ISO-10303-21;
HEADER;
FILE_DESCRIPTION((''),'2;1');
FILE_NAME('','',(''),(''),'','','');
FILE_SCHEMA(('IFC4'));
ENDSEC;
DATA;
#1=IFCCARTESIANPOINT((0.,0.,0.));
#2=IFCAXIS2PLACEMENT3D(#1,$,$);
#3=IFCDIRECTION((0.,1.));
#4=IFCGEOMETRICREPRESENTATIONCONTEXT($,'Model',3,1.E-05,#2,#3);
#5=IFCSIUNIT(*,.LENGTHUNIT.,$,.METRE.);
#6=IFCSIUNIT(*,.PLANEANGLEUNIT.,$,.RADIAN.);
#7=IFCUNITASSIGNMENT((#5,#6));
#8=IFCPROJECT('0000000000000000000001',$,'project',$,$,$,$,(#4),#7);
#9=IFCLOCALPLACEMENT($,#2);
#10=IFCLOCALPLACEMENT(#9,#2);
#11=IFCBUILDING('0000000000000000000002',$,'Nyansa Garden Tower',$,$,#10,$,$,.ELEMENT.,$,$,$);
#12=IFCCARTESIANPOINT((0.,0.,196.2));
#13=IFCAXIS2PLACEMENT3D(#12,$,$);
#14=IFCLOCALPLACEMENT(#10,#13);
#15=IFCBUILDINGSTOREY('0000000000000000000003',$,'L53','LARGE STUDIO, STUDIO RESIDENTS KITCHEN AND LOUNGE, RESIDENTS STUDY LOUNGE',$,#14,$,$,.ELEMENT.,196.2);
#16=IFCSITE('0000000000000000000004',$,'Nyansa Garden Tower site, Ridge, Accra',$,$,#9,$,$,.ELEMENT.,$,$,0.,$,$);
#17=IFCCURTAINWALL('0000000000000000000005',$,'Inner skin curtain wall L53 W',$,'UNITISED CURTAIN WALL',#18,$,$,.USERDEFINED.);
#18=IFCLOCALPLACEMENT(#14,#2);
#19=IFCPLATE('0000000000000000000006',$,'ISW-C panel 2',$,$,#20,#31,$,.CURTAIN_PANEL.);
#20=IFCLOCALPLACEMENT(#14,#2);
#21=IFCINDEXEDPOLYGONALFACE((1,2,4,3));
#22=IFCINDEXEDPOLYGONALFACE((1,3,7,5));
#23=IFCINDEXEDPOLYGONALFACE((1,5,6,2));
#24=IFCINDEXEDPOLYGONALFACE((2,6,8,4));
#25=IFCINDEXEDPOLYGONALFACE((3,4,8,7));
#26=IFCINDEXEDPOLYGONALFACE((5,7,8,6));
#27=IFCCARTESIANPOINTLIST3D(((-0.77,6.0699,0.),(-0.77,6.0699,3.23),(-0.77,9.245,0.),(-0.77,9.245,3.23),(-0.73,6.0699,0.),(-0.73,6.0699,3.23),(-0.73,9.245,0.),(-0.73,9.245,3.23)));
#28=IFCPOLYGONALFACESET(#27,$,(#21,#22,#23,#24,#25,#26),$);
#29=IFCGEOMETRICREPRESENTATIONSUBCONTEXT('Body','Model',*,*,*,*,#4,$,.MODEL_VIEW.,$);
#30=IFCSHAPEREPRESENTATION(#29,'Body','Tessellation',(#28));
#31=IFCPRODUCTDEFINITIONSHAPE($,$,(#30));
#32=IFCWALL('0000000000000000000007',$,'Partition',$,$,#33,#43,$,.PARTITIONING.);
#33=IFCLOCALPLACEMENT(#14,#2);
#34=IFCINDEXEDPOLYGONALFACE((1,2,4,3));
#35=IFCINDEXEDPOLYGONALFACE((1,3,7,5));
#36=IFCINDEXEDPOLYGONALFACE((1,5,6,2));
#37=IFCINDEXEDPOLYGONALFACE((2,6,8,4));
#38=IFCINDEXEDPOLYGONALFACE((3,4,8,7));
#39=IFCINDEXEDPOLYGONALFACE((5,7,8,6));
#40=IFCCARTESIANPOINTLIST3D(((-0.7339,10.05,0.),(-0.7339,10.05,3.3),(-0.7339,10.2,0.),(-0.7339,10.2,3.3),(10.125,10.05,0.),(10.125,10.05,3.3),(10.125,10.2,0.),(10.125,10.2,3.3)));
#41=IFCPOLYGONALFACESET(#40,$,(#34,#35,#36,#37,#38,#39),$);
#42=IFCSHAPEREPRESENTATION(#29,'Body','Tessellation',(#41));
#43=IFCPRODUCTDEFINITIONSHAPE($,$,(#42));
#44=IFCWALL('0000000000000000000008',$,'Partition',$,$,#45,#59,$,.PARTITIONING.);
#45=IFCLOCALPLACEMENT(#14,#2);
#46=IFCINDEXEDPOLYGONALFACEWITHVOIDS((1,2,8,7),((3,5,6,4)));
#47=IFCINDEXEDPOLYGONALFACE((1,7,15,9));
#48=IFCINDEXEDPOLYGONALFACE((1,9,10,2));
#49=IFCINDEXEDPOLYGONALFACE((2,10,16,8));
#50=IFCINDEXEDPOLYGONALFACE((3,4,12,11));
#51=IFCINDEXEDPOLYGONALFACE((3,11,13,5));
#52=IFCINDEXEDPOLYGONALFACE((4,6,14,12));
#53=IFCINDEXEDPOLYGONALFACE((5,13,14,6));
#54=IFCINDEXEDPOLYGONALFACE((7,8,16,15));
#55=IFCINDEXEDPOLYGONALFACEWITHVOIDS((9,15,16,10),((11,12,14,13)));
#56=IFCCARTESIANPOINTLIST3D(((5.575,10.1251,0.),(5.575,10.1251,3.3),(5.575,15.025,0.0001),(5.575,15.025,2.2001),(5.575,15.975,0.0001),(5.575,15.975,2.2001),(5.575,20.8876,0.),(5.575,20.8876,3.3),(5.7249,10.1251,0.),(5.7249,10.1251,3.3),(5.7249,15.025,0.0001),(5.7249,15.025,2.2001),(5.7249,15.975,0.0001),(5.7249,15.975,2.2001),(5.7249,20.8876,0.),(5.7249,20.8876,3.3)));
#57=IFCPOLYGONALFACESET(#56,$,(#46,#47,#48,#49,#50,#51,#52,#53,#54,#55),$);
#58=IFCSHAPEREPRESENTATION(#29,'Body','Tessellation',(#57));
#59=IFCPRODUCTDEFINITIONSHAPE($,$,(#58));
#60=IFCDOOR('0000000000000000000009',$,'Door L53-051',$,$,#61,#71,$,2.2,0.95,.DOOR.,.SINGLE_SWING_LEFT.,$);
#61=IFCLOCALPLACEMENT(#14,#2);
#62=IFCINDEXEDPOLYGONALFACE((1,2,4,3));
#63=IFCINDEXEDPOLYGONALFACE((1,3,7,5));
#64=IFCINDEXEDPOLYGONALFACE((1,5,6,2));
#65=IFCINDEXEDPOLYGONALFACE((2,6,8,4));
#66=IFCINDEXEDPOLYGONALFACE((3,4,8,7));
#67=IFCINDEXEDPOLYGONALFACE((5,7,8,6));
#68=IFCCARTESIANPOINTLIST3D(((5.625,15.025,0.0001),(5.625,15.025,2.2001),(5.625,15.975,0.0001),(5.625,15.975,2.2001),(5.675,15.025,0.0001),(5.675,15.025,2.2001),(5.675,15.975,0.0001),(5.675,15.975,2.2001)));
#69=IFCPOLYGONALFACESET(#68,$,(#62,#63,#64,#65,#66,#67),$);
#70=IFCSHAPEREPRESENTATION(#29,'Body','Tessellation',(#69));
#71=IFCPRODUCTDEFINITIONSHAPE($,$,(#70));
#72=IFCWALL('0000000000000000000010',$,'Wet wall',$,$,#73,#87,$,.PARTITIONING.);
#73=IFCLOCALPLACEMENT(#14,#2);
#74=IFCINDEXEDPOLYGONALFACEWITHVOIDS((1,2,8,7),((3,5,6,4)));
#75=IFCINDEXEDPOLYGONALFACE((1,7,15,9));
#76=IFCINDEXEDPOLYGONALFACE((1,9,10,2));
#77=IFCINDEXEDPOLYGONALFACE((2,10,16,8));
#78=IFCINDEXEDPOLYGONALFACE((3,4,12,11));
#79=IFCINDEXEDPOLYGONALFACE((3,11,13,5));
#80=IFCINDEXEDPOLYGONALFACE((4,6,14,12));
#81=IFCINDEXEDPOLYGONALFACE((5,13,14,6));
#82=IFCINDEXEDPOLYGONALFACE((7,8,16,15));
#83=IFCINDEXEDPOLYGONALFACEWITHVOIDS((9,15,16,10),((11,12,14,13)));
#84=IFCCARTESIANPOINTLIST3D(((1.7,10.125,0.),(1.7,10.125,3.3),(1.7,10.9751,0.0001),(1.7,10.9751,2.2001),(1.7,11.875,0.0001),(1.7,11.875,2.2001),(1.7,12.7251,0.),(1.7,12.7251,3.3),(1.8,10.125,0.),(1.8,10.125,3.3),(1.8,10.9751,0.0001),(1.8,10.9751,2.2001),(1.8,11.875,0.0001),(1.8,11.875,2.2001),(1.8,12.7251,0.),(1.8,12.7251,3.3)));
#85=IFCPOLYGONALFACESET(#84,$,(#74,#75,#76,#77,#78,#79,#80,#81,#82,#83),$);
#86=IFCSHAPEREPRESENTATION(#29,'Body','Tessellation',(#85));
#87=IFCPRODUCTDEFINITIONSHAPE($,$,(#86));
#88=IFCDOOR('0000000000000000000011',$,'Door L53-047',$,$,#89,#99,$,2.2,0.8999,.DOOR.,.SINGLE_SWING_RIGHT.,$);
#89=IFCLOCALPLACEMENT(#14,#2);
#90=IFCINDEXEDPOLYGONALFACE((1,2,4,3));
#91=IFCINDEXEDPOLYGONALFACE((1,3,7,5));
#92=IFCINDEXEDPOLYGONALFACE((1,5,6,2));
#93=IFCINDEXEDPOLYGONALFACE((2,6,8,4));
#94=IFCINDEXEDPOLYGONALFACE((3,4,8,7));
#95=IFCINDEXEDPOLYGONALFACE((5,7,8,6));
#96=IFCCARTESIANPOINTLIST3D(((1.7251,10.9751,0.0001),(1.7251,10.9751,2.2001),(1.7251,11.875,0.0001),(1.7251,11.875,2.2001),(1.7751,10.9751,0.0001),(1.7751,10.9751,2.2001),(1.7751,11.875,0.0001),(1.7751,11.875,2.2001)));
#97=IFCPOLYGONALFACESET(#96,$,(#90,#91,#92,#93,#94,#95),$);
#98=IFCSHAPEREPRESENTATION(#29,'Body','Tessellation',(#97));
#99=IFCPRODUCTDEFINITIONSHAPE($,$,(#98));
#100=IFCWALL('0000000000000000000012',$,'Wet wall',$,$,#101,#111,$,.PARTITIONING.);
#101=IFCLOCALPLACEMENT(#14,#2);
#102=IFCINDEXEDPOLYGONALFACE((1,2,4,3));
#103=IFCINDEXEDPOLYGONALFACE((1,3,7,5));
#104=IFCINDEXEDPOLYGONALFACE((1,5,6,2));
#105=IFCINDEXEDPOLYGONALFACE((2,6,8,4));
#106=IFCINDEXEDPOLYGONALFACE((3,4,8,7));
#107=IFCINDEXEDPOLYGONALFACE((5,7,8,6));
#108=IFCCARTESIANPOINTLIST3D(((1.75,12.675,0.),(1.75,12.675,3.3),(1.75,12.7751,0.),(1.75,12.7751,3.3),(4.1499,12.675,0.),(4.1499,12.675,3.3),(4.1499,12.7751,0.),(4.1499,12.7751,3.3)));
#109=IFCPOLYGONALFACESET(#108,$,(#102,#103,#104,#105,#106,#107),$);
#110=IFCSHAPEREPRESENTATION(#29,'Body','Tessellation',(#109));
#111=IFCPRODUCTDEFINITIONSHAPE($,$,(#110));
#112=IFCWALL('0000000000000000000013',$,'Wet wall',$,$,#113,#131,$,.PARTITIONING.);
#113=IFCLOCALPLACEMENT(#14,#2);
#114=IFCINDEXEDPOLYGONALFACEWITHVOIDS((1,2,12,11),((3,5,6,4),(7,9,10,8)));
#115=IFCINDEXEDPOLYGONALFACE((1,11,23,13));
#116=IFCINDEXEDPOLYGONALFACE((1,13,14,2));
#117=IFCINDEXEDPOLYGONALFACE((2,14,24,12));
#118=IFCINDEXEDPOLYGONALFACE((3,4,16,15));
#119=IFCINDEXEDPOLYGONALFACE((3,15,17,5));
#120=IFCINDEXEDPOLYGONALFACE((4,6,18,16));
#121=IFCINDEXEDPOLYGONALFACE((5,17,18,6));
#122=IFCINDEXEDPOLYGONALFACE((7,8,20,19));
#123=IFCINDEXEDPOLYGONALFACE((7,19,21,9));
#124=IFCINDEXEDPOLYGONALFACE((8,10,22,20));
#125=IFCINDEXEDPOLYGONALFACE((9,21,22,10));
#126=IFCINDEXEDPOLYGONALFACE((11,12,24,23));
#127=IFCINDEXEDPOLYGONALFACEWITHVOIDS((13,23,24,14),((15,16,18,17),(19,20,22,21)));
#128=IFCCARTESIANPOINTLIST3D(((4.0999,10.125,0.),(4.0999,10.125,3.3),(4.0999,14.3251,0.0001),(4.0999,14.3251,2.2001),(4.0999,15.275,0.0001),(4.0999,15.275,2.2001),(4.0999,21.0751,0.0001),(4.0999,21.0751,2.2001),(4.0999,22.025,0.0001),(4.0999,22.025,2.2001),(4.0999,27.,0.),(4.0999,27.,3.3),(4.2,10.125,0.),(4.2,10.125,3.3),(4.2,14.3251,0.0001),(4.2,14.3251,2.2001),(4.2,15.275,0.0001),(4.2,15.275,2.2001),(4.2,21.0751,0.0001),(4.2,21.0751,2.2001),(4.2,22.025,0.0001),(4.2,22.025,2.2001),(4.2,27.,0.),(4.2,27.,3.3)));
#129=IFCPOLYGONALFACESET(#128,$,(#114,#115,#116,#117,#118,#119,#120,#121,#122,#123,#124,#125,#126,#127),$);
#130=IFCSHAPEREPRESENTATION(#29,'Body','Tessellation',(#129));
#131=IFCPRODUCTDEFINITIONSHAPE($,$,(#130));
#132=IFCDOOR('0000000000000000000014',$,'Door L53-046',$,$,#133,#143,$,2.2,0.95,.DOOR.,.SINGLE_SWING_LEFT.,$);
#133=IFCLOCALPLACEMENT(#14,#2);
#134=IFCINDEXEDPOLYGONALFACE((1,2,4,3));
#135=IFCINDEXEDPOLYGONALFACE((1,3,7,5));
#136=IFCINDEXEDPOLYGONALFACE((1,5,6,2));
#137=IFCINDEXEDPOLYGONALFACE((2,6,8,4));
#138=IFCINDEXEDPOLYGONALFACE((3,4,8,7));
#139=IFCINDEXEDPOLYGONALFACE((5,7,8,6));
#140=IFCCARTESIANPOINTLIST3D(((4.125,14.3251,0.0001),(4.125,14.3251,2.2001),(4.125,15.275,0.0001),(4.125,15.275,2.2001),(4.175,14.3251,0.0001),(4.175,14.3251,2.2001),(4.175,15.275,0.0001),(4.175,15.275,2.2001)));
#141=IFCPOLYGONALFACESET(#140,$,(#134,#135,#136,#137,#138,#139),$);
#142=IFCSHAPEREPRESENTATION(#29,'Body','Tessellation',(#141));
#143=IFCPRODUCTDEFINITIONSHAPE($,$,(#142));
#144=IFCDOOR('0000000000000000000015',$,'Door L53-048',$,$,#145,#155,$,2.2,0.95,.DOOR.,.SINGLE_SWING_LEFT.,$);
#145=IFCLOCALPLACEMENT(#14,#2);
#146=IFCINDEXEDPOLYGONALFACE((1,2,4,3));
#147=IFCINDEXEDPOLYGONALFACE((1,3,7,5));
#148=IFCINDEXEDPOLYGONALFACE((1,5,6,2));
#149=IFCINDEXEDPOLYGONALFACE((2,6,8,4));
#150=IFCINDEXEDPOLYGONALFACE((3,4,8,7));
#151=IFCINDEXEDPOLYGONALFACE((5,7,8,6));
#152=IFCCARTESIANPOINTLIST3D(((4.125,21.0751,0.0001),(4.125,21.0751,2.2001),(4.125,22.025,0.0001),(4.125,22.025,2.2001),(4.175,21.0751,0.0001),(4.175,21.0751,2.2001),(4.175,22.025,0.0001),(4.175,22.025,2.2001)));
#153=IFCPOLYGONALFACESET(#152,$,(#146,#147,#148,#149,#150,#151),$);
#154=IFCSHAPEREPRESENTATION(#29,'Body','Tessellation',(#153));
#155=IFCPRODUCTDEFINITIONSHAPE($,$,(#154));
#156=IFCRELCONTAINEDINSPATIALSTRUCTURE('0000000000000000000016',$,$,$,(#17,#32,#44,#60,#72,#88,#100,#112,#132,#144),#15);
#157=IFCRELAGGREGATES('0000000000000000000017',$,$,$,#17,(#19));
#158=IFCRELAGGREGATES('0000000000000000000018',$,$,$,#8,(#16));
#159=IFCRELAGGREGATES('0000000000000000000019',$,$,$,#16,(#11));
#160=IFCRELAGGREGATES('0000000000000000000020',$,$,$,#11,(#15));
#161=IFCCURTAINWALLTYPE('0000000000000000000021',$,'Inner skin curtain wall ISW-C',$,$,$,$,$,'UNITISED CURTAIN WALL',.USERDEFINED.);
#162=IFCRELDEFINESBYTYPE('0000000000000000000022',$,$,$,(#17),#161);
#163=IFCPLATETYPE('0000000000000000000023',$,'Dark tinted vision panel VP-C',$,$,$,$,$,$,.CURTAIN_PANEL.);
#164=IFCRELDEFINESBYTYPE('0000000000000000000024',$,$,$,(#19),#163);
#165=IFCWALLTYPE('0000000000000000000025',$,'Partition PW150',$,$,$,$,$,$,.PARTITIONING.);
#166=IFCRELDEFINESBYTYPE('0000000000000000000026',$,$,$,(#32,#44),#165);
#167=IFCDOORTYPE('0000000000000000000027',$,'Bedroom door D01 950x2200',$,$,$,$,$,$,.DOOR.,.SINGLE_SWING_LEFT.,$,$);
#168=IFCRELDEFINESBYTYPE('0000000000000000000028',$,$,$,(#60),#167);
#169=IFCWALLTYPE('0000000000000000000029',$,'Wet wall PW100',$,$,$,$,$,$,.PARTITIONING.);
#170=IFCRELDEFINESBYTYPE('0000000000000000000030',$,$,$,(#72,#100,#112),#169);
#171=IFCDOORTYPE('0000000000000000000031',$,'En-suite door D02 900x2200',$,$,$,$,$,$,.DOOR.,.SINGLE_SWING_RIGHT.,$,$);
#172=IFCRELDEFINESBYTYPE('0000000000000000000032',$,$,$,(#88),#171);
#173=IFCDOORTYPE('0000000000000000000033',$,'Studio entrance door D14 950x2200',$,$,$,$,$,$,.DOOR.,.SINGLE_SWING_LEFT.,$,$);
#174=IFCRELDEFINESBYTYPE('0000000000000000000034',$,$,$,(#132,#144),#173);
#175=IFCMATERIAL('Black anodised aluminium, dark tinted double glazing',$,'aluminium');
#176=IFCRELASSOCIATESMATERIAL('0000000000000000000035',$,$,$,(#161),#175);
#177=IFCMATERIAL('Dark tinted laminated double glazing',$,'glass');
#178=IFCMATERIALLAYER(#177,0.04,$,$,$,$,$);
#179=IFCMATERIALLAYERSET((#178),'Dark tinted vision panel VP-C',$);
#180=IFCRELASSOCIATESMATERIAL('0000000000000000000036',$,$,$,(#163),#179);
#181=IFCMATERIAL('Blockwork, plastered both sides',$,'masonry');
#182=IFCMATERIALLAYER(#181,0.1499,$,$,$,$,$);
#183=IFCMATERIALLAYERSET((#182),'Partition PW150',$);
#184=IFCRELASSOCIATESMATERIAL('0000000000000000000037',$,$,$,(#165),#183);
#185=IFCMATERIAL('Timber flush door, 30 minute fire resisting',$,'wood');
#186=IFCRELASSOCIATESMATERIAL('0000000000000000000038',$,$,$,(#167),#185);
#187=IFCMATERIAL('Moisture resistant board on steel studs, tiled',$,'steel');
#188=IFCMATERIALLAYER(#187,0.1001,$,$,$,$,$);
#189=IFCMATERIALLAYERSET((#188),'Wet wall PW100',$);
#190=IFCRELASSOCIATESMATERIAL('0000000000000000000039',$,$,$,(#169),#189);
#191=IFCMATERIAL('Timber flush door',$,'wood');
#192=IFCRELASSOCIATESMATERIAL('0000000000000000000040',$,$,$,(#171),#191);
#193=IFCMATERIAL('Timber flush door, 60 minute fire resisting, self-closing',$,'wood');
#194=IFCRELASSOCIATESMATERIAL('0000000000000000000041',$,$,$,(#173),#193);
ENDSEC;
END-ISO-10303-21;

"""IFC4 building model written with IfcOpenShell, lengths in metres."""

from ifc_helpers import new_model, si_unit, direction, frame, frame_2d, origin, origin_2d, place, context, subcontext, project, spatial, rectangle, extrude, material, layer, layer_set, type_object, element, fill, aggregate, save


model = new_model("IFC4")

# Units and contexts
model_context = context("Model", 3, precision=1e-05, world=origin(), true_north=direction((0.0, 1.0)))
body_context = subcontext(model_context, "Body", "Model", "MODEL_VIEW")
ifc_project = project(units=[si_unit("LENGTHUNIT", "METRE"), si_unit("PLANEANGLEUNIT", "RADIAN")], contexts=[model_context])

# Site, building, storey
site_placement = place(None, origin())
site = spatial("IfcSite", under=ifc_project, at=site_placement, Name="Nyansa Garden Tower site, Ridge, Accra", CompositionType="ELEMENT", RefElevation=0.0)
building_placement = place(site_placement, origin())
building = spatial("IfcBuilding", under=site, at=building_placement, Name="Nyansa Garden Tower", CompositionType="ELEMENT")
storey_placement = place(building_placement, frame((0.0, 0.0, 196.2)))
storey = spatial("IfcBuildingStorey", under=building, at=storey_placement, Name="L53", Description="LARGE STUDIO, STUDIO RESIDENTS KITCHEN AND LOUNGE, RESIDENTS STUDY LOUNGE", CompositionType="ELEMENT", Elevation=196.2)

# Curtain wall
ifc_material_1 = material(Name="Black anodised aluminium, dark tinted double glazing", Category="aluminium")
curtain_wall_type = type_object("IfcCurtainWallType", Name="Inner skin curtain wall ISW-C", ElementType="UNITISED CURTAIN WALL", PredefinedType="USERDEFINED", material=ifc_material_1)
curtain_wall_placement = place(storey_placement, origin())
curtain_wall = element("IfcCurtainWall", 1, at=curtain_wall_placement, inside=storey, type_object=curtain_wall_type, Name="Inner skin curtain wall L53 W", ObjectType="UNITISED CURTAIN WALL", PredefinedType="USERDEFINED")

# Plate
ifc_material_2 = material(Name="Dark tinted laminated double glazing", Category="glass")
ifc_layer_1 = layer(ifc_material_2, 0.04)
ifc_layer_set_1 = layer_set([ifc_layer_1], Name="Dark tinted vision panel VP-C")
plate_type = type_object("IfcPlateType", Name="Dark tinted vision panel VP-C", PredefinedType="CURTAIN_PANEL", material=ifc_layer_set_1)
plate_1_placement = place(storey_placement, frame((-0.75, 7.6575, 0.0), z_axis=(0.0, 0.0, 1.0), x_axis=(0.0, -1.0, 0.0)))
plate_1 = element("IfcPlate", 2, at=plate_1_placement, type_object=plate_type, Name="ISW-C panel 2", PredefinedType="CURTAIN_PANEL", context=body_context, shape_type="SweptSolid", body=[
    extrude(rectangle(XDim=3.175, YDim=0.04, at=origin_2d()), origin(), (0.0, 0.0, 1.0), 3.23),
])
aggregate(curtain_wall, [plate_1])

# Wall
ifc_material_3 = material(Name="Blockwork, plastered both sides", Category="masonry")
ifc_layer_2 = layer(ifc_material_3, 0.1499)
ifc_layer_set_2 = layer_set([ifc_layer_2], Name="Partition PW150")
wall_type_1 = type_object("IfcWallType", Name="Partition PW150", PredefinedType="PARTITIONING", material=ifc_layer_set_2)
wall_1_placement = place(storey_placement, frame((-0.7339, 10.125, 0.0), z_axis=(0.0, 0.0, 1.0), x_axis=(1.0, 0.0, 0.0)))
element("IfcWall", 3, at=wall_1_placement, inside=storey, type_object=wall_type_1, Name="Partition", PredefinedType="PARTITIONING", context=body_context, shape_type="SweptSolid", body=[
    extrude(rectangle(XDim=10.8589, YDim=0.1499, at=frame_2d((5.4294, 0.0))), origin(), (0.0, 0.0, 1.0), 3.3),
])

# Walls, openings, doors
wall_2_placement = place(storey_placement, frame((5.6499, 10.125, 0.0), z_axis=(0.0, 0.0, 1.0), x_axis=(0.0, 1.0, 0.0)))
wall_2 = element("IfcWall", 4, at=wall_2_placement, inside=storey, type_object=wall_type_1, Name="Partition", PredefinedType="PARTITIONING", context=body_context, shape_type="SweptSolid", body=[
    extrude(rectangle(XDim=10.7625, YDim=0.1499, at=frame_2d((5.3813, 0.0))), origin(), (0.0, 0.0, 1.0), 3.3),
])
opening_1_placement = place(wall_2_placement, frame((4.8999, 0.0, 0.0)))
opening_1 = element("IfcOpeningElement", 5, at=opening_1_placement, cuts=wall_2, PredefinedType="OPENING", context=body_context, shape_type="SweptSolid", body=[
    extrude(rectangle(XDim=0.95, YDim=2.2, at=frame_2d((0.4751, 1.1001))), frame((0.0, 0.085, 0.0), z_axis=(0.0, -1.0, 0.0), x_axis=(1.0, 0.0, 0.0)), (0.0, 0.0, 1.0), 0.1699),
])
ifc_material_4 = material(Name="Timber flush door, 30 minute fire resisting", Category="wood")
door_type_1 = type_object("IfcDoorType", Name="Bedroom door D01 950x2200", OperationType="SINGLE_SWING_LEFT", PredefinedType="DOOR", material=ifc_material_4)
door_1_placement = place(opening_1_placement, origin())
door_1 = element("IfcDoor", 6, at=door_1_placement, inside=storey, type_object=door_type_1, Name="Door L53-051", OperationType="SINGLE_SWING_LEFT", OverallHeight=2.2, OverallWidth=0.95, PredefinedType="DOOR", context=body_context, shape_type="SweptSolid", body=[
    extrude(rectangle(XDim=0.95, YDim=2.2, at=frame_2d((0.4751, 1.1001))), frame((0.0, 0.0249, 0.0), z_axis=(0.0, -1.0, 0.0), x_axis=(1.0, 0.0, 0.0)), (0.0, 0.0, 1.0), 0.05),
])
fill(opening_1, door_1)
ifc_material_5 = material(Name="Moisture resistant board on steel studs, tiled", Category="steel")
ifc_layer_3 = layer(ifc_material_5, 0.1001)
ifc_layer_set_3 = layer_set([ifc_layer_3], Name="Wet wall PW100")
wall_type_2 = type_object("IfcWallType", Name="Wet wall PW100", PredefinedType="PARTITIONING", material=ifc_layer_set_3)
wall_3_placement = place(storey_placement, frame((1.75, 10.125, 0.0), z_axis=(0.0, 0.0, 1.0), x_axis=(0.0, 1.0, 0.0)))
wall_3 = element("IfcWall", 7, at=wall_3_placement, inside=storey, type_object=wall_type_2, Name="Wet wall", PredefinedType="PARTITIONING", context=body_context, shape_type="SweptSolid", body=[
    extrude(rectangle(XDim=2.6001, YDim=0.1001, at=frame_2d((1.3, 0.0))), origin(), (0.0, 0.0, 1.0), 3.3),
])
opening_2_placement = place(wall_3_placement, frame((0.8501, 0.0, 0.0)))
opening_2 = element("IfcOpeningElement", 8, at=opening_2_placement, cuts=wall_3, PredefinedType="OPENING", context=body_context, shape_type="SweptSolid", body=[
    extrude(rectangle(XDim=0.8999, YDim=2.2, at=frame_2d((0.45, 1.1001))), frame((0.0, 0.0601, 0.0), z_axis=(0.0, -1.0, 0.0), x_axis=(1.0, 0.0, 0.0)), (0.0, 0.0, 1.0), 0.1201),
])
ifc_material_6 = material(Name="Timber flush door", Category="wood")
door_type_2 = type_object("IfcDoorType", Name="En-suite door D02 900x2200", OperationType="SINGLE_SWING_RIGHT", PredefinedType="DOOR", material=ifc_material_6)
door_2_placement = place(opening_2_placement, origin())
door_2 = element("IfcDoor", 9, at=door_2_placement, inside=storey, type_object=door_type_2, Name="Door L53-047", OperationType="SINGLE_SWING_RIGHT", OverallHeight=2.2, OverallWidth=0.8999, PredefinedType="DOOR", context=body_context, shape_type="SweptSolid", body=[
    extrude(rectangle(XDim=0.8999, YDim=2.2, at=frame_2d((0.45, 1.1001))), frame((0.0, 0.0249, 0.0), z_axis=(0.0, -1.0, 0.0), x_axis=(1.0, 0.0, 0.0)), (0.0, 0.0, 1.0), 0.05),
])
fill(opening_2, door_2)

# Wall
wall_4_placement = place(storey_placement, frame((1.75, 12.7251, 0.0), z_axis=(0.0, 0.0, 1.0), x_axis=(1.0, 0.0, 0.0)))
element("IfcWall", 10, at=wall_4_placement, inside=storey, type_object=wall_type_2, Name="Wet wall", PredefinedType="PARTITIONING", context=body_context, shape_type="SweptSolid", body=[
    extrude(rectangle(XDim=2.3999, YDim=0.1001, at=frame_2d((1.2, 0.0))), origin(), (0.0, 0.0, 1.0), 3.3),
])

# Wall, openings, doors
wall_5_placement = place(storey_placement, frame((4.1499, 10.125, 0.0), z_axis=(0.0, 0.0, 1.0), x_axis=(0.0, 1.0, 0.0)))
wall_5 = element("IfcWall", 11, at=wall_5_placement, inside=storey, type_object=wall_type_2, Name="Wet wall", PredefinedType="PARTITIONING", context=body_context, shape_type="SweptSolid", body=[
    extrude(rectangle(XDim=16.875, YDim=0.1001, at=frame_2d((8.4375, 0.0))), origin(), (0.0, 0.0, 1.0), 3.3),
])
opening_3_placement = place(wall_5_placement, frame((4.2, 0.0, 0.0)))
opening_3 = element("IfcOpeningElement", 12, at=opening_3_placement, cuts=wall_5, PredefinedType="OPENING", context=body_context, shape_type="SweptSolid", body=[
    extrude(rectangle(XDim=0.95, YDim=2.2, at=frame_2d((0.4751, 1.1001))), frame((0.0, 0.0601, 0.0), z_axis=(0.0, -1.0, 0.0), x_axis=(1.0, 0.0, 0.0)), (0.0, 0.0, 1.0), 0.1201),
])
opening_4_placement = place(wall_5_placement, frame((10.95, 0.0, 0.0)))
opening_4 = element("IfcOpeningElement", 13, at=opening_4_placement, cuts=wall_5, PredefinedType="OPENING", context=body_context, shape_type="SweptSolid", body=[
    extrude(rectangle(XDim=0.95, YDim=2.2, at=frame_2d((0.4751, 1.1001))), frame((0.0, 0.0601, 0.0), z_axis=(0.0, -1.0, 0.0), x_axis=(1.0, 0.0, 0.0)), (0.0, 0.0, 1.0), 0.1201),
])
ifc_material_7 = material(Name="Timber flush door, 60 minute fire resisting, self-closing", Category="wood")
door_type_3 = type_object("IfcDoorType", Name="Studio entrance door D14 950x2200", OperationType="SINGLE_SWING_LEFT", PredefinedType="DOOR", material=ifc_material_7)
door_3_placement = place(opening_3_placement, origin())
door_3 = element("IfcDoor", 14, at=door_3_placement, inside=storey, type_object=door_type_3, Name="Door L53-046", OperationType="SINGLE_SWING_LEFT", OverallHeight=2.2, OverallWidth=0.95, PredefinedType="DOOR", context=body_context, shape_type="SweptSolid", body=[
    extrude(rectangle(XDim=0.95, YDim=2.2, at=frame_2d((0.4751, 1.1001))), frame((0.0, 0.0249, 0.0), z_axis=(0.0, -1.0, 0.0), x_axis=(1.0, 0.0, 0.0)), (0.0, 0.0, 1.0), 0.05),
])
fill(opening_3, door_3)
door_4_placement = place(opening_4_placement, origin())
door_4 = element("IfcDoor", 15, at=door_4_placement, inside=storey, type_object=door_type_3, Name="Door L53-048", OperationType="SINGLE_SWING_LEFT", OverallHeight=2.2, OverallWidth=0.95, PredefinedType="DOOR", context=body_context, shape_type="SweptSolid", body=[
    extrude(rectangle(XDim=0.95, YDim=2.2, at=frame_2d((0.4751, 1.1001))), frame((0.0, 0.0249, 0.0), z_axis=(0.0, -1.0, 0.0), x_axis=(1.0, 0.0, 0.0)), (0.0, 0.0, 1.0), 0.05),
])
fill(opening_4, door_4)

save(model, "model.ifc")
